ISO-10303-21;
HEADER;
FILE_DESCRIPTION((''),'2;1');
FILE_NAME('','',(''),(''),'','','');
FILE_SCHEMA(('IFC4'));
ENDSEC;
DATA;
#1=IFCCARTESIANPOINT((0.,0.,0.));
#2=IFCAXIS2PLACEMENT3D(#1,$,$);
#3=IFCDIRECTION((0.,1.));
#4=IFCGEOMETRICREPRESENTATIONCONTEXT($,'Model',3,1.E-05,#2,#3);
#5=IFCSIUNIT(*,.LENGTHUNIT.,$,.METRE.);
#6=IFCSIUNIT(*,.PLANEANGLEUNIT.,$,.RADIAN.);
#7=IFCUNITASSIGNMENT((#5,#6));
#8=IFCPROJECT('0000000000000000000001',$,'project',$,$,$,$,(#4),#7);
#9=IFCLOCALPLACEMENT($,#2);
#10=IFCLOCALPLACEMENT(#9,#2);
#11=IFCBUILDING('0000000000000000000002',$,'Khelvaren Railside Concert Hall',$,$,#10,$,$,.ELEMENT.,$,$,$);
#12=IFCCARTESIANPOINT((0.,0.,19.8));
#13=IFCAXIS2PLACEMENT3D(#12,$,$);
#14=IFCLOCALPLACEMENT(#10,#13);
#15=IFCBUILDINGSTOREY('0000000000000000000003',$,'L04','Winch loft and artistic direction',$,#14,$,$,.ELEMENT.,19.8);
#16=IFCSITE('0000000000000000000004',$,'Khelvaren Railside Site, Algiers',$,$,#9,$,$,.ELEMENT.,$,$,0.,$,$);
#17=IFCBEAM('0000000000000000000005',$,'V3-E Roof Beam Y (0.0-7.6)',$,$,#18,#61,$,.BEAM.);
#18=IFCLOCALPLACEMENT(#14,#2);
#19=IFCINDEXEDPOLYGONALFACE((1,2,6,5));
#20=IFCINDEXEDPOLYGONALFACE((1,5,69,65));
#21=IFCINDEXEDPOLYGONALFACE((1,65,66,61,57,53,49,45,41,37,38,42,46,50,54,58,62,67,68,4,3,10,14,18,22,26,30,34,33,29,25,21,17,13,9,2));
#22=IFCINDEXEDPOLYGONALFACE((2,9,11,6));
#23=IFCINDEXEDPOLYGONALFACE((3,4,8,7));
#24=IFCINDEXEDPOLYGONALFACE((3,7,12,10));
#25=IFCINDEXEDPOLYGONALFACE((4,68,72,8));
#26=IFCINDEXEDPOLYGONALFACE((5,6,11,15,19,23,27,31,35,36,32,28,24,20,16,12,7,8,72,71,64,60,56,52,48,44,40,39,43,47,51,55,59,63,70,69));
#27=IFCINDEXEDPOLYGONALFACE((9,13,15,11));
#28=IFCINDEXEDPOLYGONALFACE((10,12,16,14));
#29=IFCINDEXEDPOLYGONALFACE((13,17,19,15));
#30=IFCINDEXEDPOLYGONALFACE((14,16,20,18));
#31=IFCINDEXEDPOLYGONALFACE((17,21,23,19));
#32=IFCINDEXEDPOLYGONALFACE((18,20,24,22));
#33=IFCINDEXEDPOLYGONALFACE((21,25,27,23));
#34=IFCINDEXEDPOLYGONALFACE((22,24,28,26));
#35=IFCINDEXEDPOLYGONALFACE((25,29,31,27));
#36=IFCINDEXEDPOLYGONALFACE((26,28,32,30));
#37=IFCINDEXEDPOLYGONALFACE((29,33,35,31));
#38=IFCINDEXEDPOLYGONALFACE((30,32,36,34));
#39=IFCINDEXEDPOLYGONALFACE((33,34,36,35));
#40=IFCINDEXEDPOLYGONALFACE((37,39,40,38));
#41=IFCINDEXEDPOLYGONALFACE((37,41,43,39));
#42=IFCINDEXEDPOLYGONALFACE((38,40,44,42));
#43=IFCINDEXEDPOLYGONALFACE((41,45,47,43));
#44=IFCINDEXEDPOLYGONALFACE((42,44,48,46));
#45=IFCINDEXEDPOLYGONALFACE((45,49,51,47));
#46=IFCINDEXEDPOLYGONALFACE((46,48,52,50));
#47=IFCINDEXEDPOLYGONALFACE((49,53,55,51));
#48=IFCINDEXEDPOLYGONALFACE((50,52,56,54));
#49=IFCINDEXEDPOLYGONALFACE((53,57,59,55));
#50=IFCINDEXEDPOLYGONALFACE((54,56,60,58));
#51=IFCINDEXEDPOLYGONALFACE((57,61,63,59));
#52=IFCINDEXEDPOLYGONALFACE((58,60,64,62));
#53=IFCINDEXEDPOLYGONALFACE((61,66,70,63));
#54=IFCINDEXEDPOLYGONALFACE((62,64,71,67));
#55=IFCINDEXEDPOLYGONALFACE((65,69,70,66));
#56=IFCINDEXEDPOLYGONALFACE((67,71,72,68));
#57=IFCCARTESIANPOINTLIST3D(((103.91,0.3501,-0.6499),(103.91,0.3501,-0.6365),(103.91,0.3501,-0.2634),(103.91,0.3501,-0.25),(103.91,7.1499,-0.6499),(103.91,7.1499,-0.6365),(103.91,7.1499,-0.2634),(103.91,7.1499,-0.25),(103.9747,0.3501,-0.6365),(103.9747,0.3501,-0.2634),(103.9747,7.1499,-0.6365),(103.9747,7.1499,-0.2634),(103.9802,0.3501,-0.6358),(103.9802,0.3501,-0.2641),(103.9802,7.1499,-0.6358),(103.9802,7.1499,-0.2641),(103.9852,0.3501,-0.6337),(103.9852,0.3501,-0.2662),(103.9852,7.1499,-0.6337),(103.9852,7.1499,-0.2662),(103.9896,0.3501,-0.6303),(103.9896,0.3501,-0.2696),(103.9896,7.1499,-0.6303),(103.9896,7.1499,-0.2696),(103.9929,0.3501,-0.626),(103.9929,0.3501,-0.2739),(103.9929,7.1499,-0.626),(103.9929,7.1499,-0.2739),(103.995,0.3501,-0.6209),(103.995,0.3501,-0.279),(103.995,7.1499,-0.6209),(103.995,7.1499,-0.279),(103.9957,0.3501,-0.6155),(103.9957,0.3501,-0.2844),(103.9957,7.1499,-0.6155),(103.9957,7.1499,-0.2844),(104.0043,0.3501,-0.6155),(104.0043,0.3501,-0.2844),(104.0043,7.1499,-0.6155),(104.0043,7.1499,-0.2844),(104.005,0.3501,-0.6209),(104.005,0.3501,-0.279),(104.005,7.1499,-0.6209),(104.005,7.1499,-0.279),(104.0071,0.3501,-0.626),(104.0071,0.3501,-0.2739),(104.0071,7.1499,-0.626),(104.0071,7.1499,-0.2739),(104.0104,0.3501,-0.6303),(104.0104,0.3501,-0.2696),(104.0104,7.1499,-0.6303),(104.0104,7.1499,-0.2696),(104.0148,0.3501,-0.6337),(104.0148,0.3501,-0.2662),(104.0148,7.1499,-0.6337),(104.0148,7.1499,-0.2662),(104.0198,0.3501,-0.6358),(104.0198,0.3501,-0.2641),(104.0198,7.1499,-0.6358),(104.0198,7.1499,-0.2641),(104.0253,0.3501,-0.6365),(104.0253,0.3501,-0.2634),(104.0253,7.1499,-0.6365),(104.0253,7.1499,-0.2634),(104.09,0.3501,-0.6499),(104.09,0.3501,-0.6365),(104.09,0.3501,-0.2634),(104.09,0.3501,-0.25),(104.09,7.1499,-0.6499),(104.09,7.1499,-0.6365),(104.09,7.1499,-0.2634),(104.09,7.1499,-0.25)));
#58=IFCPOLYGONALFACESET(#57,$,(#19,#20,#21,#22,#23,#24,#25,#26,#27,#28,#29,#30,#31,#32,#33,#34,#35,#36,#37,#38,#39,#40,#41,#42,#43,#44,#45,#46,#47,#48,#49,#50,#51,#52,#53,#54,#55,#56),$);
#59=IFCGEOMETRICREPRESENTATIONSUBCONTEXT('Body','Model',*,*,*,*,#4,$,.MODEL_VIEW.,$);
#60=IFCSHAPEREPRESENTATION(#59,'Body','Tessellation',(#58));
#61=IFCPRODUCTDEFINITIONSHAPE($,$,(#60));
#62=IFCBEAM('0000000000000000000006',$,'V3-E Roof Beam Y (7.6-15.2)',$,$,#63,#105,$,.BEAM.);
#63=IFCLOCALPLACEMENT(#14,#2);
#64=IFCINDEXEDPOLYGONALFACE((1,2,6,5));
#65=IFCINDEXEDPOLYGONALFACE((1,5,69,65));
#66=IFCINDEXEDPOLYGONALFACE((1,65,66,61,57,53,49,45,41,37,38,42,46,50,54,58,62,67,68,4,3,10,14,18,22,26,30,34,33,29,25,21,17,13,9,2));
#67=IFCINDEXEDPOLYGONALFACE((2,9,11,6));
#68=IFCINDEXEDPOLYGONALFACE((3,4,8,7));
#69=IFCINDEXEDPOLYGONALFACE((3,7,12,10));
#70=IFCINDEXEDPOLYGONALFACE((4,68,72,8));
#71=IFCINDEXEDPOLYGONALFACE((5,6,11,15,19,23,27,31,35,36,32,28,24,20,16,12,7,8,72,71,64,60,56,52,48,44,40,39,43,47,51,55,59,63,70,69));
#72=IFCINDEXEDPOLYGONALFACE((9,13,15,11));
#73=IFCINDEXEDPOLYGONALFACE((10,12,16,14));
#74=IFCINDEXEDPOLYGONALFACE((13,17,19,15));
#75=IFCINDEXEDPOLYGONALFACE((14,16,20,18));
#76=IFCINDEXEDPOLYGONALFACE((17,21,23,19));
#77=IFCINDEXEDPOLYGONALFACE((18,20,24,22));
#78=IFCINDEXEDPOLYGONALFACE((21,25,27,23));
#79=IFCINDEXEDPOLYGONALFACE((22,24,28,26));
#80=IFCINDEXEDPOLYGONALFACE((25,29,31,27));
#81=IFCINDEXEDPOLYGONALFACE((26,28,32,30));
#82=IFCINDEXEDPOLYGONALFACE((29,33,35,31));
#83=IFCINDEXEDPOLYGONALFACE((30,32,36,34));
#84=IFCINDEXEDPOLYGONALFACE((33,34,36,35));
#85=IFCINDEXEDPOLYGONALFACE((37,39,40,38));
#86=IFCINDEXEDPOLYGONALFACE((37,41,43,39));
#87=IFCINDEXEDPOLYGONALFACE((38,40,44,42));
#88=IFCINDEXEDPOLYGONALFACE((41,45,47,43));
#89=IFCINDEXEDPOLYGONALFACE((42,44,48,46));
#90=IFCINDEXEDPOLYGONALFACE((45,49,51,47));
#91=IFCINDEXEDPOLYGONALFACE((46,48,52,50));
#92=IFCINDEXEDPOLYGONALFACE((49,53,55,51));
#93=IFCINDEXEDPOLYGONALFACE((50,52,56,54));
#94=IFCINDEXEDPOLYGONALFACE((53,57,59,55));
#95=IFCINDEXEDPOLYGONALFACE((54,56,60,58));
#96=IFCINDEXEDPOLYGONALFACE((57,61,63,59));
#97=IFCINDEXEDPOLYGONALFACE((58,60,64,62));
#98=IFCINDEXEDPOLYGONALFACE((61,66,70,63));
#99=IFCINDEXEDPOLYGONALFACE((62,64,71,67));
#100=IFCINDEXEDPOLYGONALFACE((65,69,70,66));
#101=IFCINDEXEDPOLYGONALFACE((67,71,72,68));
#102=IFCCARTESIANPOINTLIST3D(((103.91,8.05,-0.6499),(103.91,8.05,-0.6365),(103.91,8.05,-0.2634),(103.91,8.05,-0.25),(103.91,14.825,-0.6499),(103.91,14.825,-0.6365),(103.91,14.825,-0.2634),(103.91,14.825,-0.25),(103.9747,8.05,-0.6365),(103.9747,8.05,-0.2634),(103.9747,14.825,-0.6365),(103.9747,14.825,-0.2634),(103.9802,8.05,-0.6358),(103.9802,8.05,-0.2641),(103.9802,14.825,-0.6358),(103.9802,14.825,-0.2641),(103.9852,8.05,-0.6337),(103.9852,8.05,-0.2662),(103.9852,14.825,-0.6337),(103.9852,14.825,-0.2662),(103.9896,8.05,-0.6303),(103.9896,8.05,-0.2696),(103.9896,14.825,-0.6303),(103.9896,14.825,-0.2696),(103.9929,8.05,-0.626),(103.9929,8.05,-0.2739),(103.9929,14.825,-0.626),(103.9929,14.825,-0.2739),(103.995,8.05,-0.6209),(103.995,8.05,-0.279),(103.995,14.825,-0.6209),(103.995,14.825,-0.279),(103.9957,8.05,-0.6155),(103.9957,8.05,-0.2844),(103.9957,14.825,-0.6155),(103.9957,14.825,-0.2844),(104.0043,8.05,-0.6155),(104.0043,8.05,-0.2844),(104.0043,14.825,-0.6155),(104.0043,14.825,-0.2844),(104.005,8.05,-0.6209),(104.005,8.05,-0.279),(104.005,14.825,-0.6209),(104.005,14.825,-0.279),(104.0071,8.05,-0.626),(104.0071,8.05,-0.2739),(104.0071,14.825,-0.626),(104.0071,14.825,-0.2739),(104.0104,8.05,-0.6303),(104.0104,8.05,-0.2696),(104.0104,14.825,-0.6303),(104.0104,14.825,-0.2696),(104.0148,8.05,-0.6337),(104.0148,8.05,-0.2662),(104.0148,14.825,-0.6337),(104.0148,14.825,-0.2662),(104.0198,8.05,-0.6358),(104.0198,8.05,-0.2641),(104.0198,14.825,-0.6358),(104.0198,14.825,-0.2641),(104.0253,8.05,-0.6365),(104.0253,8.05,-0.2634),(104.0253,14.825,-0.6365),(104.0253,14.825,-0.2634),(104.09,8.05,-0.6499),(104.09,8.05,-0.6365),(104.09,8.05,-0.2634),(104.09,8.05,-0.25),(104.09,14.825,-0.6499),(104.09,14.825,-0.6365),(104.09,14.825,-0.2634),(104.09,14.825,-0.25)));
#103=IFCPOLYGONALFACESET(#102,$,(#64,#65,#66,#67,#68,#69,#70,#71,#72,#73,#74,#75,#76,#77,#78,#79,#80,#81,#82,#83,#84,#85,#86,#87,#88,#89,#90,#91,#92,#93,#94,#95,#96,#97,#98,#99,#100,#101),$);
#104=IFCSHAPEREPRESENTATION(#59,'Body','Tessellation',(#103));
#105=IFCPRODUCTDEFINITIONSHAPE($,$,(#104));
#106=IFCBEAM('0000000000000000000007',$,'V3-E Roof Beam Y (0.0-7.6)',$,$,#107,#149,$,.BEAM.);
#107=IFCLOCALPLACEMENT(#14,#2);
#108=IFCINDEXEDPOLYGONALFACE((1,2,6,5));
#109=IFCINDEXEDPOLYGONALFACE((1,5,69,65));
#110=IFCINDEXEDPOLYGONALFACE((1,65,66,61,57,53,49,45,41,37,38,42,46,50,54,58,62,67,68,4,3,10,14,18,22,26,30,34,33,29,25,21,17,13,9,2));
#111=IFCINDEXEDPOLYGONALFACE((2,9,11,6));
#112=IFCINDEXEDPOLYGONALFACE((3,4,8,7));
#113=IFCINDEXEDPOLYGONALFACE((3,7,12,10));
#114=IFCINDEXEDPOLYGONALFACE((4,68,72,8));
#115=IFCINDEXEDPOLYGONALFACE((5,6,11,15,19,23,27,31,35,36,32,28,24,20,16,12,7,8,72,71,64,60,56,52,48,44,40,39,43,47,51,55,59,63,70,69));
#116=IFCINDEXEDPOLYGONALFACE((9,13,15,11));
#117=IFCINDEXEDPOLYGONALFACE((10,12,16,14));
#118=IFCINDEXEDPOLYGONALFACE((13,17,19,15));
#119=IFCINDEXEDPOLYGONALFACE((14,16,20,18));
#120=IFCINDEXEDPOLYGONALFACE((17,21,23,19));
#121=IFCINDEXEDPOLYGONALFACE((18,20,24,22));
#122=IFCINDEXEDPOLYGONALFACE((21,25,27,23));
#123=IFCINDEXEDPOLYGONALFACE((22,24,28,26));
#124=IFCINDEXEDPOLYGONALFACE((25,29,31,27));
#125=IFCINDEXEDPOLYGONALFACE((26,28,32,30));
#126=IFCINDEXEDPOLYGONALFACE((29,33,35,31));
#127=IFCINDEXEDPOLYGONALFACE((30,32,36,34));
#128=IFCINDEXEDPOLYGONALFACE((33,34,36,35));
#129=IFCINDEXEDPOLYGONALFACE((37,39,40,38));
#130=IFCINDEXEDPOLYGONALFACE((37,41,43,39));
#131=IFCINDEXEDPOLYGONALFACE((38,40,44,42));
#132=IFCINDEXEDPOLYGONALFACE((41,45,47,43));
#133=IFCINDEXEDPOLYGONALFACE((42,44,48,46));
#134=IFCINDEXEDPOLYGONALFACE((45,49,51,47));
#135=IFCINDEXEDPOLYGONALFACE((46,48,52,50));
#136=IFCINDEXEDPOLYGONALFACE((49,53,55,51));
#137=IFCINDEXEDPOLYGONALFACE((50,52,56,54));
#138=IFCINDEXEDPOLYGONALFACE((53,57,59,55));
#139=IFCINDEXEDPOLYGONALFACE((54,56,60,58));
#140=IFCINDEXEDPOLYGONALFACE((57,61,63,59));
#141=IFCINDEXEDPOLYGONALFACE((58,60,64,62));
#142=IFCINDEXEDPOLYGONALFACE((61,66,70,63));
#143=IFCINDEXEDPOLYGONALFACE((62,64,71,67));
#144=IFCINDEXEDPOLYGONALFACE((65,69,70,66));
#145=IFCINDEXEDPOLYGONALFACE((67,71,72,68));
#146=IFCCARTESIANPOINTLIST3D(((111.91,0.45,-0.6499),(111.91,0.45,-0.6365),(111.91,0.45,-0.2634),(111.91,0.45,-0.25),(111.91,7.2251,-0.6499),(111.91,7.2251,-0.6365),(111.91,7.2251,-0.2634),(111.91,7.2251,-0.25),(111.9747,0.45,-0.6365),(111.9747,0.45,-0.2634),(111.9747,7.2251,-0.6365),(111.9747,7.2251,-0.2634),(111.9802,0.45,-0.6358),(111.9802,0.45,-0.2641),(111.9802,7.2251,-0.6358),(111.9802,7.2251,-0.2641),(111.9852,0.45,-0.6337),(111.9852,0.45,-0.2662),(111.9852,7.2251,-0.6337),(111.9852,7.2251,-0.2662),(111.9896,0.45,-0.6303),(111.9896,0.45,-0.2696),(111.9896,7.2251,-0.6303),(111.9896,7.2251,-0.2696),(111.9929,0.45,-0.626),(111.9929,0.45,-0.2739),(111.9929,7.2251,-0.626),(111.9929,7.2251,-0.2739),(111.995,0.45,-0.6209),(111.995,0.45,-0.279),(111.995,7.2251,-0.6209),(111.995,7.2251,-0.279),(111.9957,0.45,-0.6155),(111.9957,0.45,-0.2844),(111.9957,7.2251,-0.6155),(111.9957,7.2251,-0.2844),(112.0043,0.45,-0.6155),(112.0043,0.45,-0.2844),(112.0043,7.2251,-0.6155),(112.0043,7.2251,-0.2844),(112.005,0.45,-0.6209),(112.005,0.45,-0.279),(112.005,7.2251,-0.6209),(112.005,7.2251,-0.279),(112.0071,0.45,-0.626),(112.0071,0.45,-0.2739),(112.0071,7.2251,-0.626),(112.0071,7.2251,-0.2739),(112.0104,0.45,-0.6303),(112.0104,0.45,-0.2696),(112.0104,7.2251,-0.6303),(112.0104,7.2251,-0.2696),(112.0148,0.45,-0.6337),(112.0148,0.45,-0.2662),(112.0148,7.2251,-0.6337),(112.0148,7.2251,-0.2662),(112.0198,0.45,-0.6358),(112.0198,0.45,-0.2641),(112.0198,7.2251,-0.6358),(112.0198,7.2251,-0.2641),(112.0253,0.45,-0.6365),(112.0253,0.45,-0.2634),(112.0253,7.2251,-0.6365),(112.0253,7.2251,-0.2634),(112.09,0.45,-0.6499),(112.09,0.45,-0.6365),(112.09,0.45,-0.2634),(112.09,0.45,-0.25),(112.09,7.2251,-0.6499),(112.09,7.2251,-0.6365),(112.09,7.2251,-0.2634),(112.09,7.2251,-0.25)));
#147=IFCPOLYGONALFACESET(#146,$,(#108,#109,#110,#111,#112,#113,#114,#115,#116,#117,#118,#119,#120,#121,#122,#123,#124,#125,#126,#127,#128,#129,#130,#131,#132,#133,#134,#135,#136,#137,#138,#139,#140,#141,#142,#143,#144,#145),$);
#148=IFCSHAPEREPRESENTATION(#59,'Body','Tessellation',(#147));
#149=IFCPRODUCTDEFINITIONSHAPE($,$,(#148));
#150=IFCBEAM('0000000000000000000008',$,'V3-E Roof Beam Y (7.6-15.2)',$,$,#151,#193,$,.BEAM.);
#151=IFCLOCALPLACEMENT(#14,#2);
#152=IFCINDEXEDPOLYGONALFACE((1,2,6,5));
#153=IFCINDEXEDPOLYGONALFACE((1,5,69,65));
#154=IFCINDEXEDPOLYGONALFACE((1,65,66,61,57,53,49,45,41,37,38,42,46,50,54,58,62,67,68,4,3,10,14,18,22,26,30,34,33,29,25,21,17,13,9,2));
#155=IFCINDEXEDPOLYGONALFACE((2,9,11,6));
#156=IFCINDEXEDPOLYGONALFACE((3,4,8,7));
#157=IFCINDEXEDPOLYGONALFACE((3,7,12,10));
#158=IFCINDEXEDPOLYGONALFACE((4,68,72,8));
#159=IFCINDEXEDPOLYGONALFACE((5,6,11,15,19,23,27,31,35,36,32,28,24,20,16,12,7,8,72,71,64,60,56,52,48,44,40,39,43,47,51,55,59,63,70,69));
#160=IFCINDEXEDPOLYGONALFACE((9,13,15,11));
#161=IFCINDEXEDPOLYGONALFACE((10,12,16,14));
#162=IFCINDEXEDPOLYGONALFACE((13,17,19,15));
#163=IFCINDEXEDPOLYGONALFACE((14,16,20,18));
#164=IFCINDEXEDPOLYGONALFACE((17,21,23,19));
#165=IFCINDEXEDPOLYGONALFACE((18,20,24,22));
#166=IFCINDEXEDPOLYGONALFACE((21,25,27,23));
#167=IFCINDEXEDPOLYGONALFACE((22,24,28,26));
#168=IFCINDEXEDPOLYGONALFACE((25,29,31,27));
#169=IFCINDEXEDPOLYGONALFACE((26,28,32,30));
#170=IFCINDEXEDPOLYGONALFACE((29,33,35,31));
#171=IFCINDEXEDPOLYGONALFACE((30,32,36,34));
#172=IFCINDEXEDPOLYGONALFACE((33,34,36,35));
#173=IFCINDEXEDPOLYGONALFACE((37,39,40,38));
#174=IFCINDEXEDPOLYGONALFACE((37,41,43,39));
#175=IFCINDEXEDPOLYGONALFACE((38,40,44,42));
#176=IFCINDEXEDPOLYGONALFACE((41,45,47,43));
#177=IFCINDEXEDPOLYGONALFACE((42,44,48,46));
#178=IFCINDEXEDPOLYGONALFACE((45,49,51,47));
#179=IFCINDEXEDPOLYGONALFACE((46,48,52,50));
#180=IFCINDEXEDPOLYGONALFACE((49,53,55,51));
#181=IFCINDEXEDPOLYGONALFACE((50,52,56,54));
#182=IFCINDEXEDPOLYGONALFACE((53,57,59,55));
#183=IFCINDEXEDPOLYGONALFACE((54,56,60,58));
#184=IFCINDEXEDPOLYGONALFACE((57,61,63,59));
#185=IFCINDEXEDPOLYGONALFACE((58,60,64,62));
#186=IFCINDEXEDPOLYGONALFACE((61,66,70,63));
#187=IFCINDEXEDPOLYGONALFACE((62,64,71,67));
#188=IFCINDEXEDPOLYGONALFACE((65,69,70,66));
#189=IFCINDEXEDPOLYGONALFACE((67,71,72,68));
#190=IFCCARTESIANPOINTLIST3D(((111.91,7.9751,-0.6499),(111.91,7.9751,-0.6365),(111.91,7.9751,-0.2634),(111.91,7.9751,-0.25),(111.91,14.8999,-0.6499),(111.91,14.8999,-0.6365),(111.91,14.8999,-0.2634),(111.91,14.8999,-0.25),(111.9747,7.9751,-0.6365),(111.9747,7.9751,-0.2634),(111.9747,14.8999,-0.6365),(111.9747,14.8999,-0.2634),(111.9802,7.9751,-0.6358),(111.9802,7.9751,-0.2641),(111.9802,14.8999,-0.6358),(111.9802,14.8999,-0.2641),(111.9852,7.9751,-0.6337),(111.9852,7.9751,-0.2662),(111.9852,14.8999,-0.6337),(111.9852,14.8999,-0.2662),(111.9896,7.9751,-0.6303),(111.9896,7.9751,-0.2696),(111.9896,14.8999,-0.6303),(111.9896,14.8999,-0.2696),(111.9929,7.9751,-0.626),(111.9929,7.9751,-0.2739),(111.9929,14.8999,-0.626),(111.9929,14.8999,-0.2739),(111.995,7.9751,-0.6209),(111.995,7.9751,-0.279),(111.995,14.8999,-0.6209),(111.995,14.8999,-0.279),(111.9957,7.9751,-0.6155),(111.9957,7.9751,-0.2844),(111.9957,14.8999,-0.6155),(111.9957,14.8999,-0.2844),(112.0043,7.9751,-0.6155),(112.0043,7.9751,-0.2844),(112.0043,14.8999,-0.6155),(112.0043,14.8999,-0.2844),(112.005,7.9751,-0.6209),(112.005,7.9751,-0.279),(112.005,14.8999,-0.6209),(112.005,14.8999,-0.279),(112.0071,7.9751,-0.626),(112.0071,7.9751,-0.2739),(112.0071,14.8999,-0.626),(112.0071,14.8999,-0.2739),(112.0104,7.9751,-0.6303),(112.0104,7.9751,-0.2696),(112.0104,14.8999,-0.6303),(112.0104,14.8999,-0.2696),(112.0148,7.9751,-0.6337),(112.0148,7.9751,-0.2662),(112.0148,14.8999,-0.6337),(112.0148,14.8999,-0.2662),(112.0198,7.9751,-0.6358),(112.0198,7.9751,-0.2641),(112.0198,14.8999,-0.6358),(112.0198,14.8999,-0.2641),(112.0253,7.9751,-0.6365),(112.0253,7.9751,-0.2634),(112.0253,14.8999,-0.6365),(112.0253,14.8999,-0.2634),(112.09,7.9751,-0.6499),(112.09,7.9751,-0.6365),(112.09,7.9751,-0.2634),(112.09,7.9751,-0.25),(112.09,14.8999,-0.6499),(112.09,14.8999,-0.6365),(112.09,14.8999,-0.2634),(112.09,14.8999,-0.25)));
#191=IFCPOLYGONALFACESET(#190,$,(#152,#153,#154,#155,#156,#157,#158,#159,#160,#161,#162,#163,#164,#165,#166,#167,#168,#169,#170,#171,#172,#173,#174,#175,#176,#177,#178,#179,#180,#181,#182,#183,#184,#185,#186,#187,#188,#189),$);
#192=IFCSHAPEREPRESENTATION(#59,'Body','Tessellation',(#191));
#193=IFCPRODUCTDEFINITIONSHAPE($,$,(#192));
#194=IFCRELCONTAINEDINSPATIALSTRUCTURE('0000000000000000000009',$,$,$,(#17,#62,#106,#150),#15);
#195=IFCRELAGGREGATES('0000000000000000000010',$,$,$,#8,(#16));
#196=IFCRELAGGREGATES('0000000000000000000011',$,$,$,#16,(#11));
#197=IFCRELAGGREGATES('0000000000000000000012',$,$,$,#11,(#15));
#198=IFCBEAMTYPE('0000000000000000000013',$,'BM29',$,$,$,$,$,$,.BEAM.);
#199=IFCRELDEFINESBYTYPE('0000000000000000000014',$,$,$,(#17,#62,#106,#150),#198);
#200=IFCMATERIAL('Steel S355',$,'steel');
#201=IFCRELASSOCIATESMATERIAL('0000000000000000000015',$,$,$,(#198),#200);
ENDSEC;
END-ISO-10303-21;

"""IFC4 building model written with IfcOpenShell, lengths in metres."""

from ifc_helpers import new_model, si_unit, direction, frame, origin, origin_2d, place, context, subcontext, project, spatial, i_section, extrude, material, material_profile, profile_set, type_object, element, save


model = new_model("IFC4")

# Units and contexts
model_context = context("Model", 3, precision=1e-05, world=origin(), true_north=direction((0.0, 1.0)))
body_context = subcontext(model_context, "Body", "Model", "MODEL_VIEW")
ifc_project = project(units=[si_unit("LENGTHUNIT", "METRE"), si_unit("PLANEANGLEUNIT", "RADIAN")], contexts=[model_context])

# Site, building, storey
site_placement = place(None, origin())
site = spatial("IfcSite", under=ifc_project, at=site_placement, Name="Khelvaren Railside Site, Algiers", CompositionType="ELEMENT", RefElevation=0.0)
building_placement = place(site_placement, origin())
building = spatial("IfcBuilding", under=site, at=building_placement, Name="Khelvaren Railside Concert Hall", CompositionType="ELEMENT")
storey_placement = place(building_placement, frame((0.0, 0.0, 19.8)))
storey = spatial("IfcBuildingStorey", under=building, at=storey_placement, Name="L04", Description="Winch loft and artistic direction", CompositionType="ELEMENT", Elevation=19.8)

# Beams
ifc_material_1 = material(Name="Steel S355", Category="steel")
ifc_material_profile = material_profile(ifc_material_1, i_section(OverallWidth=0.1799, OverallDepth=0.3999, WebThickness=0.0085, FlangeThickness=0.0134, FilletRadius=0.021, at=origin_2d()), Name="IPE 400")
ifc_profile_set = profile_set([ifc_material_profile], Name="Steel S355")
beam_type = type_object("IfcBeamType", Name="BM29", PredefinedType="BEAM", material=ifc_profile_set)
beam_1_placement = place(storey_placement, frame((104.0, 0.3501, -0.45), z_axis=(0.0, 1.0, 0.0), x_axis=(-1.0, 0.0, 0.0)))
element("IfcBeam", 1, at=beam_1_placement, inside=storey, type_object=beam_type, Name="V3-E Roof Beam Y (0.0-7.6)", PredefinedType="BEAM", context=body_context, shape_type="SweptSolid", body=[
    extrude(i_section(OverallWidth=0.1799, OverallDepth=0.3999, WebThickness=0.0085, FlangeThickness=0.0134, FilletRadius=0.021, at=origin_2d()), origin(), (0.0, 0.0, 1.0), 6.7998),
])
beam_2_placement = place(storey_placement, frame((104.0, 8.05, -0.45), z_axis=(0.0, 1.0, 0.0), x_axis=(-1.0, 0.0, 0.0)))
element("IfcBeam", 2, at=beam_2_placement, inside=storey, type_object=beam_type, Name="V3-E Roof Beam Y (7.6-15.2)", PredefinedType="BEAM", context=body_context, shape_type="SweptSolid", body=[
    extrude(i_section(OverallWidth=0.1799, OverallDepth=0.3999, WebThickness=0.0085, FlangeThickness=0.0134, FilletRadius=0.021, at=origin_2d()), origin(), (0.0, 0.0, 1.0), 6.7749),
])
beam_3_placement = place(storey_placement, frame((112.0, 0.45, -0.45), z_axis=(0.0, 1.0, 0.0), x_axis=(-1.0, 0.0, 0.0)))
element("IfcBeam", 3, at=beam_3_placement, inside=storey, type_object=beam_type, Name="V3-E Roof Beam Y (0.0-7.6)", PredefinedType="BEAM", context=body_context, shape_type="SweptSolid", body=[
    extrude(i_section(OverallWidth=0.1799, OverallDepth=0.3999, WebThickness=0.0085, FlangeThickness=0.0134, FilletRadius=0.021, at=origin_2d()), origin(), (0.0, 0.0, 1.0), 6.7751),
])
beam_4_placement = place(storey_placement, frame((112.0, 7.9751, -0.45), z_axis=(0.0, 1.0, 0.0), x_axis=(-1.0, 0.0, 0.0)))
element("IfcBeam", 4, at=beam_4_placement, inside=storey, type_object=beam_type, Name="V3-E Roof Beam Y (7.6-15.2)", PredefinedType="BEAM", context=body_context, shape_type="SweptSolid", body=[
    extrude(i_section(OverallWidth=0.1799, OverallDepth=0.3999, WebThickness=0.0085, FlangeThickness=0.0134, FilletRadius=0.021, at=origin_2d()), origin(), (0.0, 0.0, 1.0), 6.9248),
])

save(model, "model.ifc")
